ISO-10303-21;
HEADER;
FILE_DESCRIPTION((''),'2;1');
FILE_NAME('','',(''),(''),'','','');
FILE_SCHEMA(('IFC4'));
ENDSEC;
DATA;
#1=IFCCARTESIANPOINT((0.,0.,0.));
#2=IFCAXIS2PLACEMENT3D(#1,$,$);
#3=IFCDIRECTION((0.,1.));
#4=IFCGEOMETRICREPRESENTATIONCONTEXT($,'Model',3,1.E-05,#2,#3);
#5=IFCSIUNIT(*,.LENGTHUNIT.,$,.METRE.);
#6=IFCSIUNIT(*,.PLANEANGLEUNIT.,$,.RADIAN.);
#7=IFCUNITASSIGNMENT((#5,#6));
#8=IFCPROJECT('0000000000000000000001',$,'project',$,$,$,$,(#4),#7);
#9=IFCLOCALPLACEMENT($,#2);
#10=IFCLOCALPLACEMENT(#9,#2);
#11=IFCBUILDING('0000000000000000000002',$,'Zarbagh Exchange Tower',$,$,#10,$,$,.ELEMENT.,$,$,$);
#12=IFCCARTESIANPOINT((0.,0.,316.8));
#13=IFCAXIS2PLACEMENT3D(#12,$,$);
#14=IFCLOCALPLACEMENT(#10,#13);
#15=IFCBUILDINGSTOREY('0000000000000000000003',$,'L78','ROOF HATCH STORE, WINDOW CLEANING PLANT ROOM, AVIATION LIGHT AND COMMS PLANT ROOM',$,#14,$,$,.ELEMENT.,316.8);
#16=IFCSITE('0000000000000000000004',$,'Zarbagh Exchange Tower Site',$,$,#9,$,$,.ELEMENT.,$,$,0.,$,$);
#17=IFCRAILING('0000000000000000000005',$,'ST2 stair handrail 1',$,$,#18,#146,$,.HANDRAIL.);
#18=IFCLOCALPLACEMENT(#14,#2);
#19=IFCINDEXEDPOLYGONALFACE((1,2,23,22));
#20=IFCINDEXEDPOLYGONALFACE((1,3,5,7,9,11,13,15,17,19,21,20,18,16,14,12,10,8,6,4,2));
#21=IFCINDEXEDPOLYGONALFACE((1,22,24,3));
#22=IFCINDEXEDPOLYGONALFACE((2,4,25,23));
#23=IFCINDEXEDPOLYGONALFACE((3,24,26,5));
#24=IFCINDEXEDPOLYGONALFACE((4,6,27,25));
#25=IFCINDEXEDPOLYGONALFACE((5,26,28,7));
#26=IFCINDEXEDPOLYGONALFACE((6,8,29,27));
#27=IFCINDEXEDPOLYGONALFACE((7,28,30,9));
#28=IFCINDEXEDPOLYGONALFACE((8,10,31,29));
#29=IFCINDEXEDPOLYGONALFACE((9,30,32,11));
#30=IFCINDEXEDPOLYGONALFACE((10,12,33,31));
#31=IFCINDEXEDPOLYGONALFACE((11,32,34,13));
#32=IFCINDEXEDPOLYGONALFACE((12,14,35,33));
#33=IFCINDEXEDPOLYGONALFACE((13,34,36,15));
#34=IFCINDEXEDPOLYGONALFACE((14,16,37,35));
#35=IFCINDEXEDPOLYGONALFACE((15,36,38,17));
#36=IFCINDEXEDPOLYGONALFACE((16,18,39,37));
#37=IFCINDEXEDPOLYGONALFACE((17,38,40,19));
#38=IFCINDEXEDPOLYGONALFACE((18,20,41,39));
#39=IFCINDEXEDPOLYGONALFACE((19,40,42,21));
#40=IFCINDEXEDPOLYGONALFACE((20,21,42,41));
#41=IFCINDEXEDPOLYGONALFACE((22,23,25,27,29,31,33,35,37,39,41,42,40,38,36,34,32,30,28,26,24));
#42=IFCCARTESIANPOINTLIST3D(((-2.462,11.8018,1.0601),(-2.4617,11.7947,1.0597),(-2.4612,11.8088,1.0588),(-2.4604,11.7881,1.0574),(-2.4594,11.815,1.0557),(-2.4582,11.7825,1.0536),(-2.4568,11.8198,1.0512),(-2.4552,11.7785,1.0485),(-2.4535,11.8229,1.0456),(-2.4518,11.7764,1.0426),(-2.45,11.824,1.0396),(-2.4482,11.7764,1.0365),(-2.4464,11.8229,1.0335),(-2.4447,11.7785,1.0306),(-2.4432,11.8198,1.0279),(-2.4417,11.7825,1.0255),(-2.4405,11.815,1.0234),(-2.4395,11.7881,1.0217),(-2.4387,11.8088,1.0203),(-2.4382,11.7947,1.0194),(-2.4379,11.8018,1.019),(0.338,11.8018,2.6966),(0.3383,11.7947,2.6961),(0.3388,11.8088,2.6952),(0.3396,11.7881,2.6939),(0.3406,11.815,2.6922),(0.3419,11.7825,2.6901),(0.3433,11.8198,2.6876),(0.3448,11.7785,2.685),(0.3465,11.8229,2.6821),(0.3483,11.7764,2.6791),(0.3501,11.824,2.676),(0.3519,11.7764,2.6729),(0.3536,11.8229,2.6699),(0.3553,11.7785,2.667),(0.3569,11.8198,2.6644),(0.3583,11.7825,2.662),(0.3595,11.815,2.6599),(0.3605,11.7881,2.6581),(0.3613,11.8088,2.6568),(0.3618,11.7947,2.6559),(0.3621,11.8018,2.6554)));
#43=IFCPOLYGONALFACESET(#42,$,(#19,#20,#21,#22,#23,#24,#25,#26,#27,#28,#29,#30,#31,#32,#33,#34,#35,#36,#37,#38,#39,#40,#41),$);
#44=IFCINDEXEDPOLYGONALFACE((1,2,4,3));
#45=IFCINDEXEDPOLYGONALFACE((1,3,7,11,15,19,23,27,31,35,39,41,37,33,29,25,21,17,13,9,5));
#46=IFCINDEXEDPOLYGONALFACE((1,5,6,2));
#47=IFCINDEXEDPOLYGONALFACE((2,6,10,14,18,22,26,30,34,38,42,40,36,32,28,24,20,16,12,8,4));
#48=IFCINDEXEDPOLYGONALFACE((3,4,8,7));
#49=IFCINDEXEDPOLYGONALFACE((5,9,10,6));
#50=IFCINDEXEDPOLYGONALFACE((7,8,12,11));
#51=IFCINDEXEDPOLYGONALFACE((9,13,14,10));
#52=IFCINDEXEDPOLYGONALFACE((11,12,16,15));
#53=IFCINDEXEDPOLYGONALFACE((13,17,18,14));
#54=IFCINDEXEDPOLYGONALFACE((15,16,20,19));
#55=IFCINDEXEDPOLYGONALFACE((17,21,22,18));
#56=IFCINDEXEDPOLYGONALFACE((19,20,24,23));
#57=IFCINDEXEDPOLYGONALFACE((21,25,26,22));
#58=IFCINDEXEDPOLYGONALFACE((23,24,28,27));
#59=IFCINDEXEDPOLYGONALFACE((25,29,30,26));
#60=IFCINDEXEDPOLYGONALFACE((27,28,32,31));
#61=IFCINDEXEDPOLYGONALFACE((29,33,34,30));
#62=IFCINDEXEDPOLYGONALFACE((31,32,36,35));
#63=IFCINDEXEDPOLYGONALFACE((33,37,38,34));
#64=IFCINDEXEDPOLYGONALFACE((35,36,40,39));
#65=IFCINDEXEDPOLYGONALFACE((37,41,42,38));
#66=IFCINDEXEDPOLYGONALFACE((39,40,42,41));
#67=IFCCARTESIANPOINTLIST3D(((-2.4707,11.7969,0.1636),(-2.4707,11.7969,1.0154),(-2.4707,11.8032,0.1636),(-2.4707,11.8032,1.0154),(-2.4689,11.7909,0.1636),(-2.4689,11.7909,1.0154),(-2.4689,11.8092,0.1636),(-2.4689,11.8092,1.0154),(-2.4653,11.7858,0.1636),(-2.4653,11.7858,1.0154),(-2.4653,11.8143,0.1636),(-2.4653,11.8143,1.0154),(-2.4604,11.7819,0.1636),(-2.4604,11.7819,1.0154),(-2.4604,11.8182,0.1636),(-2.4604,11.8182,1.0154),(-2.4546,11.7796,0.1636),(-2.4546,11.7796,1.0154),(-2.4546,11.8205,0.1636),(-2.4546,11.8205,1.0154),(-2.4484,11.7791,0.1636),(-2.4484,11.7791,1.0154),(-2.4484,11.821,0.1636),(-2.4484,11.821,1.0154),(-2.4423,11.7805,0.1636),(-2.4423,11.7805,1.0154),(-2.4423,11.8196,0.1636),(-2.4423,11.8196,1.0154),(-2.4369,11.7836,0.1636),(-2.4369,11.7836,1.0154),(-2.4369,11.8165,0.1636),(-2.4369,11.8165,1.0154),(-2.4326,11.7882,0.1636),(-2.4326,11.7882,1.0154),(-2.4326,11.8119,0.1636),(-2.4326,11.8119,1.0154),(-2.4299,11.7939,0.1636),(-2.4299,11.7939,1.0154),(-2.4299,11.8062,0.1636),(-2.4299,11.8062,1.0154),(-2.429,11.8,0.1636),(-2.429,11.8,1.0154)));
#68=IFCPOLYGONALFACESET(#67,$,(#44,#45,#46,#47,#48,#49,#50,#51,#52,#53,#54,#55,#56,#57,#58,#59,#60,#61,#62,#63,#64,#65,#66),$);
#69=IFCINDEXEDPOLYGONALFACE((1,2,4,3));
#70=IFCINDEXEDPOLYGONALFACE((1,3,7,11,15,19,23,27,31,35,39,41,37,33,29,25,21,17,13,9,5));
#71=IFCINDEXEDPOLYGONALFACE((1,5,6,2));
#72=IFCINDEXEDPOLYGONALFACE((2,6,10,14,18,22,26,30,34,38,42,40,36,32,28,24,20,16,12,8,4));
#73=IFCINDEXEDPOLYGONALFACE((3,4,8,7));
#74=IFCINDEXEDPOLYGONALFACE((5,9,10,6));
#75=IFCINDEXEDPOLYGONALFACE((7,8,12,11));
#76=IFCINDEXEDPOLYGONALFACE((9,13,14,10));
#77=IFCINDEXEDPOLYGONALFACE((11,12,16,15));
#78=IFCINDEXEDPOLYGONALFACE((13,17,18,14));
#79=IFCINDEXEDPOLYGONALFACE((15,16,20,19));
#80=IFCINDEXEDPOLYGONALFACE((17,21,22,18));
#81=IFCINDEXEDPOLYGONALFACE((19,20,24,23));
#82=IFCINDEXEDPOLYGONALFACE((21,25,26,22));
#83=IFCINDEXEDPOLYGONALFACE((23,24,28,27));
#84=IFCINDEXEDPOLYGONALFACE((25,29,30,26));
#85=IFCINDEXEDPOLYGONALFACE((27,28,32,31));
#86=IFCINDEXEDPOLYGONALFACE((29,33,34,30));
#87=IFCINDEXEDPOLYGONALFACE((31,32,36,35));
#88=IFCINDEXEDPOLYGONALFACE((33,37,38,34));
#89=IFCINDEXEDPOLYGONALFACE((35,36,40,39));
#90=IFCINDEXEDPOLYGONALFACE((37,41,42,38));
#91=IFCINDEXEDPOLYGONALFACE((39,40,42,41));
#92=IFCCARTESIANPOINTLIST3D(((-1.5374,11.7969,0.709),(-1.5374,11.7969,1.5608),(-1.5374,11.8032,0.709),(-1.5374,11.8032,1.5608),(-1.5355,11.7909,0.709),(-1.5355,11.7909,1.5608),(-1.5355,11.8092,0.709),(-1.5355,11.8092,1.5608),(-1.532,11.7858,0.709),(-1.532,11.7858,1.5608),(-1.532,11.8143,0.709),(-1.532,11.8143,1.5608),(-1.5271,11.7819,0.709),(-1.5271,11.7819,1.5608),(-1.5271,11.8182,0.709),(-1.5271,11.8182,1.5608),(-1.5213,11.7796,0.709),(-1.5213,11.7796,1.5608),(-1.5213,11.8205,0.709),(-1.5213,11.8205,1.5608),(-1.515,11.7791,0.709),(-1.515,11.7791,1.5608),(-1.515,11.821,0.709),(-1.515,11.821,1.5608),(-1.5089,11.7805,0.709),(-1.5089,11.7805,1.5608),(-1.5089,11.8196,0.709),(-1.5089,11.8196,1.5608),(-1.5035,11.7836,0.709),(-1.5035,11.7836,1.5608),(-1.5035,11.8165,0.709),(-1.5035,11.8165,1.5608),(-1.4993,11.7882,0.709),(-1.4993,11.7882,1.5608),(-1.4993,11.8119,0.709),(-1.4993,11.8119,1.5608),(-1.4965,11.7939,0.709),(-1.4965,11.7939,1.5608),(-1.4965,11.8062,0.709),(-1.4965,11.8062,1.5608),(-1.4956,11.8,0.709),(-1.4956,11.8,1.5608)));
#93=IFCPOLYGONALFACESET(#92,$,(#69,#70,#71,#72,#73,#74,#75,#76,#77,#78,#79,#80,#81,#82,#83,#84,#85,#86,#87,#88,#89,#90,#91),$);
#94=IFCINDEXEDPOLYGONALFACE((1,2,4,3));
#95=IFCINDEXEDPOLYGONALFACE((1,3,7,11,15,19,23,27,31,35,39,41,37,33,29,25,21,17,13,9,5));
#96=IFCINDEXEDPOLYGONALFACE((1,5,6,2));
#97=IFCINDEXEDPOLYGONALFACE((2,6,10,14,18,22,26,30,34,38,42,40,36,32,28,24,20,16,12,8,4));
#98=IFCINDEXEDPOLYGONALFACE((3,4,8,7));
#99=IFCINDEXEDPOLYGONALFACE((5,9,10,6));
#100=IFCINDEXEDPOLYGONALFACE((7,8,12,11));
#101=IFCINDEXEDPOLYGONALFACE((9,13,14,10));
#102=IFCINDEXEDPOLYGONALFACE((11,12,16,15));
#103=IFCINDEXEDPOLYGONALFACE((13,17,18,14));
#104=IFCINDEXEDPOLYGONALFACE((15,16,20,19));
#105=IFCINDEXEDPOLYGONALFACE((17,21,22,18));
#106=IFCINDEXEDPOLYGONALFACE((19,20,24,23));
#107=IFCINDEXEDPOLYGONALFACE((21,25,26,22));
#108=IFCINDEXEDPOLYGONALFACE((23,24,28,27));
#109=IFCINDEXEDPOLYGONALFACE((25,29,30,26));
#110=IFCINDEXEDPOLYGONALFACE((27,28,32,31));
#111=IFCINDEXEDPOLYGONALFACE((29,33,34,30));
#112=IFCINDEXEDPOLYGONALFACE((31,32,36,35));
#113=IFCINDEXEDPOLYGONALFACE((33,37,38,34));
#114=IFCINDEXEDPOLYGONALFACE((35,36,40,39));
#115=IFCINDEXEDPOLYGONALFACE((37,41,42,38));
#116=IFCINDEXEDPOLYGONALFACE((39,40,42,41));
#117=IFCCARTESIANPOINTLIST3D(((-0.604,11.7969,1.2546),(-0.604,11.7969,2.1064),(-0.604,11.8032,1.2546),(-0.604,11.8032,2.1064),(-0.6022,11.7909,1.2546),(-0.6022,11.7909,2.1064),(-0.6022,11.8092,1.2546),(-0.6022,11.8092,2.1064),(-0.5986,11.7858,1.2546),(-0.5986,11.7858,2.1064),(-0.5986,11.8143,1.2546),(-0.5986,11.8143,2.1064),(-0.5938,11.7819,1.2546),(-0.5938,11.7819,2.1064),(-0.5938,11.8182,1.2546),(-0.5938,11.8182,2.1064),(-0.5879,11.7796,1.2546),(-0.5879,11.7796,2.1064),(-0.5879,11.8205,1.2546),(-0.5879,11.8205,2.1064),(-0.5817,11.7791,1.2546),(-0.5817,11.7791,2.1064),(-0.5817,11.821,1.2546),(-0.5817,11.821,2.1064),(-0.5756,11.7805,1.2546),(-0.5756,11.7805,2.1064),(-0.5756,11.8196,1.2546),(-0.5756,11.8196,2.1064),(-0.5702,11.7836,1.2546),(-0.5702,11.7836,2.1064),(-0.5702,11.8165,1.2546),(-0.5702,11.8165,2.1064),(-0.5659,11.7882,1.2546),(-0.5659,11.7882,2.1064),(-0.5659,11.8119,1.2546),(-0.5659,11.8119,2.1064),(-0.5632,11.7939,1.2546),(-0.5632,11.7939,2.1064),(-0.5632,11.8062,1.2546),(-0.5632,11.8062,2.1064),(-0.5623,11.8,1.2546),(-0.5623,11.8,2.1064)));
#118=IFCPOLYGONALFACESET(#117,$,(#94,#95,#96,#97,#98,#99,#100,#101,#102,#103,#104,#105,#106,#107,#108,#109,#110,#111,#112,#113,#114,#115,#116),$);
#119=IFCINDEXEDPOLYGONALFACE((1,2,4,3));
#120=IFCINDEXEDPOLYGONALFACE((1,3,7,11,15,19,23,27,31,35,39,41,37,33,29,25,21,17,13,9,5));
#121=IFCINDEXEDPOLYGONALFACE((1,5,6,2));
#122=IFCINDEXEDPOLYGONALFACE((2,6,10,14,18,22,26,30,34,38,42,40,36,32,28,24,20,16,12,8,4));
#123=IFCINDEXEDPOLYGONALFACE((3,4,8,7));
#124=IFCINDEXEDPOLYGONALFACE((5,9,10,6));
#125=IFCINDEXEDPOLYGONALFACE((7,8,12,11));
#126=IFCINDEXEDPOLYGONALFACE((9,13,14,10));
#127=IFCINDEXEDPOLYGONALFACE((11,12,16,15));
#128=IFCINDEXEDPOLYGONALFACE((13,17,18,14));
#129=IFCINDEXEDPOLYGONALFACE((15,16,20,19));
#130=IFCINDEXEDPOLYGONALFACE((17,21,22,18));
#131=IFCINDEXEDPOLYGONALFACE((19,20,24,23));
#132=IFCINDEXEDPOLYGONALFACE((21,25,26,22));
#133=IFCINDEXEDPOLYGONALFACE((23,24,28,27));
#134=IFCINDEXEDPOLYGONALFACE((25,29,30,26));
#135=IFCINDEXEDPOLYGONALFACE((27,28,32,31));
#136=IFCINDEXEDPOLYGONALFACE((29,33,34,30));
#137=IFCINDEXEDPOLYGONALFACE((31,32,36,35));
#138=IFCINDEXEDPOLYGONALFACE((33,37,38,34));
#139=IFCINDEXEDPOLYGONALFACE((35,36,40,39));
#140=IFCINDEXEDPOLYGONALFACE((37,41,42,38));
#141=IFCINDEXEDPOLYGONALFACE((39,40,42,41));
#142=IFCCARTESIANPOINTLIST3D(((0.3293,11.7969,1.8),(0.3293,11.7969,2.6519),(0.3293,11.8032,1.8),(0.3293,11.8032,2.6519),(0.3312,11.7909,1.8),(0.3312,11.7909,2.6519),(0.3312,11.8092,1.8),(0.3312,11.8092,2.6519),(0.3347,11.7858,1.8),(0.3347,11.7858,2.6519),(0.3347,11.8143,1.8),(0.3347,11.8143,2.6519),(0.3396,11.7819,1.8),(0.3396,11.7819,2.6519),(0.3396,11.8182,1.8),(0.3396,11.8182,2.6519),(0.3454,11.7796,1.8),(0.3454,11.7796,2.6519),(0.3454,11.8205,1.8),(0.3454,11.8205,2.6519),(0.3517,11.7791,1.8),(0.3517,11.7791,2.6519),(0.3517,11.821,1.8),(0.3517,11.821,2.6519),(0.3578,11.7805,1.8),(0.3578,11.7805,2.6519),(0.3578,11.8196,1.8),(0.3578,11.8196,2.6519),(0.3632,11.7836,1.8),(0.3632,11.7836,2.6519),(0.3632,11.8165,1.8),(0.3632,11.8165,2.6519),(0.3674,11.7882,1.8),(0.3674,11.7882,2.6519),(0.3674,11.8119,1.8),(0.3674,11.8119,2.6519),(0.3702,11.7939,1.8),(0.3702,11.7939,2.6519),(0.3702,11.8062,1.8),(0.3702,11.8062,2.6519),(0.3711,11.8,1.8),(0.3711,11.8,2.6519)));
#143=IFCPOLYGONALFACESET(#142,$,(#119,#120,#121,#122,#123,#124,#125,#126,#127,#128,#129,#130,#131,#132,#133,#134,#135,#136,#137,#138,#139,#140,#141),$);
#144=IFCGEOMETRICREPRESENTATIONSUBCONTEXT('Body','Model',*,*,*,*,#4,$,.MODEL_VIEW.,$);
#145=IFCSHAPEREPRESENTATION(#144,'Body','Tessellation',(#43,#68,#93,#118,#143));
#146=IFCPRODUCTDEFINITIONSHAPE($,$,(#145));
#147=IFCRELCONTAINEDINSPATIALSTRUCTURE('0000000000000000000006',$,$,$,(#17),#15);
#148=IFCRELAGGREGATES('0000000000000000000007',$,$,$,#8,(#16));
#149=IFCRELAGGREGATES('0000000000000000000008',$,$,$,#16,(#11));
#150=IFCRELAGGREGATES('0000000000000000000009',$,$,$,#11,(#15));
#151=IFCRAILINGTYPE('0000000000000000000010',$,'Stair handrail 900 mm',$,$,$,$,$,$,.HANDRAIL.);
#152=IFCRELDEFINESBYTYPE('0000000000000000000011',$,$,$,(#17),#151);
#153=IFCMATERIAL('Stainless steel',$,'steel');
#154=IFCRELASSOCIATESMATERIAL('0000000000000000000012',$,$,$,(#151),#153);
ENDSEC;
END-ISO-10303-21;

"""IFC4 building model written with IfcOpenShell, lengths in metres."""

from ifc_helpers import new_model, si_unit, direction, frame, origin, origin_2d, place, context, subcontext, project, spatial, circle, extrude, material, type_object, element, save


model = new_model("IFC4")

# Units and contexts
model_context = context("Model", 3, precision=1e-05, world=origin(), true_north=direction((0.0, 1.0)))
body_context = subcontext(model_context, "Body", "Model", "MODEL_VIEW")
ifc_project = project(units=[si_unit("LENGTHUNIT", "METRE"), si_unit("PLANEANGLEUNIT", "RADIAN")], contexts=[model_context])

# Site, building, storey
site_placement = place(None, origin())
site = spatial("IfcSite", under=ifc_project, at=site_placement, Name="Zarbagh Exchange Tower Site", CompositionType="ELEMENT", RefElevation=0.0)
building_placement = place(site_placement, origin())
building = spatial("IfcBuilding", under=site, at=building_placement, Name="Zarbagh Exchange Tower", CompositionType="ELEMENT")
storey_placement = place(building_placement, frame((0.0, 0.0, 316.8)))
storey = spatial("IfcBuildingStorey", under=building, at=storey_placement, Name="L78", Description="ROOF HATCH STORE, WINDOW CLEANING PLANT ROOM, AVIATION LIGHT AND COMMS PLANT ROOM", CompositionType="ELEMENT", Elevation=316.8)

# Railing
ifc_material_1 = material(Name="Stainless steel", Category="steel")
railing_type = type_object("IfcRailingType", Name="Stair handrail 900 mm", PredefinedType="HANDRAIL", material=ifc_material_1)
railing_placement = place(storey_placement, frame((-2.45, 11.8, 0.1636)))
element("IfcRailing", 1, at=railing_placement, inside=storey, type_object=railing_type, Name="ST2 stair handrail 1", PredefinedType="HANDRAIL", context=body_context, shape_type="SweptSolid", body=[
    extrude(circle(Radius=0.0239, at=origin_2d()), frame((0.0, 0.0, 0.876), z_axis=(0.863361, 0.0, 0.504587), x_axis=(0.0, 1.0, 0.0)), (0.0, 0.0, 1.0), 3.2432),
    extrude(circle(Radius=0.021, at=origin_2d()), origin(), (0.0, 0.0, 1.0), 0.8518),
    extrude(circle(Radius=0.021, at=origin_2d()), frame((0.9333, 0.0, 0.5454)), (0.0, 0.0, 1.0), 0.8518),
    extrude(circle(Radius=0.021, at=origin_2d()), frame((1.8667, 0.0, 1.0911)), (0.0, 0.0, 1.0), 0.8518),
    extrude(circle(Radius=0.021, at=origin_2d()), frame((2.8, 0.0, 1.6365)), (0.0, 0.0, 1.0), 0.8518),
])

save(model, "model.ifc")
